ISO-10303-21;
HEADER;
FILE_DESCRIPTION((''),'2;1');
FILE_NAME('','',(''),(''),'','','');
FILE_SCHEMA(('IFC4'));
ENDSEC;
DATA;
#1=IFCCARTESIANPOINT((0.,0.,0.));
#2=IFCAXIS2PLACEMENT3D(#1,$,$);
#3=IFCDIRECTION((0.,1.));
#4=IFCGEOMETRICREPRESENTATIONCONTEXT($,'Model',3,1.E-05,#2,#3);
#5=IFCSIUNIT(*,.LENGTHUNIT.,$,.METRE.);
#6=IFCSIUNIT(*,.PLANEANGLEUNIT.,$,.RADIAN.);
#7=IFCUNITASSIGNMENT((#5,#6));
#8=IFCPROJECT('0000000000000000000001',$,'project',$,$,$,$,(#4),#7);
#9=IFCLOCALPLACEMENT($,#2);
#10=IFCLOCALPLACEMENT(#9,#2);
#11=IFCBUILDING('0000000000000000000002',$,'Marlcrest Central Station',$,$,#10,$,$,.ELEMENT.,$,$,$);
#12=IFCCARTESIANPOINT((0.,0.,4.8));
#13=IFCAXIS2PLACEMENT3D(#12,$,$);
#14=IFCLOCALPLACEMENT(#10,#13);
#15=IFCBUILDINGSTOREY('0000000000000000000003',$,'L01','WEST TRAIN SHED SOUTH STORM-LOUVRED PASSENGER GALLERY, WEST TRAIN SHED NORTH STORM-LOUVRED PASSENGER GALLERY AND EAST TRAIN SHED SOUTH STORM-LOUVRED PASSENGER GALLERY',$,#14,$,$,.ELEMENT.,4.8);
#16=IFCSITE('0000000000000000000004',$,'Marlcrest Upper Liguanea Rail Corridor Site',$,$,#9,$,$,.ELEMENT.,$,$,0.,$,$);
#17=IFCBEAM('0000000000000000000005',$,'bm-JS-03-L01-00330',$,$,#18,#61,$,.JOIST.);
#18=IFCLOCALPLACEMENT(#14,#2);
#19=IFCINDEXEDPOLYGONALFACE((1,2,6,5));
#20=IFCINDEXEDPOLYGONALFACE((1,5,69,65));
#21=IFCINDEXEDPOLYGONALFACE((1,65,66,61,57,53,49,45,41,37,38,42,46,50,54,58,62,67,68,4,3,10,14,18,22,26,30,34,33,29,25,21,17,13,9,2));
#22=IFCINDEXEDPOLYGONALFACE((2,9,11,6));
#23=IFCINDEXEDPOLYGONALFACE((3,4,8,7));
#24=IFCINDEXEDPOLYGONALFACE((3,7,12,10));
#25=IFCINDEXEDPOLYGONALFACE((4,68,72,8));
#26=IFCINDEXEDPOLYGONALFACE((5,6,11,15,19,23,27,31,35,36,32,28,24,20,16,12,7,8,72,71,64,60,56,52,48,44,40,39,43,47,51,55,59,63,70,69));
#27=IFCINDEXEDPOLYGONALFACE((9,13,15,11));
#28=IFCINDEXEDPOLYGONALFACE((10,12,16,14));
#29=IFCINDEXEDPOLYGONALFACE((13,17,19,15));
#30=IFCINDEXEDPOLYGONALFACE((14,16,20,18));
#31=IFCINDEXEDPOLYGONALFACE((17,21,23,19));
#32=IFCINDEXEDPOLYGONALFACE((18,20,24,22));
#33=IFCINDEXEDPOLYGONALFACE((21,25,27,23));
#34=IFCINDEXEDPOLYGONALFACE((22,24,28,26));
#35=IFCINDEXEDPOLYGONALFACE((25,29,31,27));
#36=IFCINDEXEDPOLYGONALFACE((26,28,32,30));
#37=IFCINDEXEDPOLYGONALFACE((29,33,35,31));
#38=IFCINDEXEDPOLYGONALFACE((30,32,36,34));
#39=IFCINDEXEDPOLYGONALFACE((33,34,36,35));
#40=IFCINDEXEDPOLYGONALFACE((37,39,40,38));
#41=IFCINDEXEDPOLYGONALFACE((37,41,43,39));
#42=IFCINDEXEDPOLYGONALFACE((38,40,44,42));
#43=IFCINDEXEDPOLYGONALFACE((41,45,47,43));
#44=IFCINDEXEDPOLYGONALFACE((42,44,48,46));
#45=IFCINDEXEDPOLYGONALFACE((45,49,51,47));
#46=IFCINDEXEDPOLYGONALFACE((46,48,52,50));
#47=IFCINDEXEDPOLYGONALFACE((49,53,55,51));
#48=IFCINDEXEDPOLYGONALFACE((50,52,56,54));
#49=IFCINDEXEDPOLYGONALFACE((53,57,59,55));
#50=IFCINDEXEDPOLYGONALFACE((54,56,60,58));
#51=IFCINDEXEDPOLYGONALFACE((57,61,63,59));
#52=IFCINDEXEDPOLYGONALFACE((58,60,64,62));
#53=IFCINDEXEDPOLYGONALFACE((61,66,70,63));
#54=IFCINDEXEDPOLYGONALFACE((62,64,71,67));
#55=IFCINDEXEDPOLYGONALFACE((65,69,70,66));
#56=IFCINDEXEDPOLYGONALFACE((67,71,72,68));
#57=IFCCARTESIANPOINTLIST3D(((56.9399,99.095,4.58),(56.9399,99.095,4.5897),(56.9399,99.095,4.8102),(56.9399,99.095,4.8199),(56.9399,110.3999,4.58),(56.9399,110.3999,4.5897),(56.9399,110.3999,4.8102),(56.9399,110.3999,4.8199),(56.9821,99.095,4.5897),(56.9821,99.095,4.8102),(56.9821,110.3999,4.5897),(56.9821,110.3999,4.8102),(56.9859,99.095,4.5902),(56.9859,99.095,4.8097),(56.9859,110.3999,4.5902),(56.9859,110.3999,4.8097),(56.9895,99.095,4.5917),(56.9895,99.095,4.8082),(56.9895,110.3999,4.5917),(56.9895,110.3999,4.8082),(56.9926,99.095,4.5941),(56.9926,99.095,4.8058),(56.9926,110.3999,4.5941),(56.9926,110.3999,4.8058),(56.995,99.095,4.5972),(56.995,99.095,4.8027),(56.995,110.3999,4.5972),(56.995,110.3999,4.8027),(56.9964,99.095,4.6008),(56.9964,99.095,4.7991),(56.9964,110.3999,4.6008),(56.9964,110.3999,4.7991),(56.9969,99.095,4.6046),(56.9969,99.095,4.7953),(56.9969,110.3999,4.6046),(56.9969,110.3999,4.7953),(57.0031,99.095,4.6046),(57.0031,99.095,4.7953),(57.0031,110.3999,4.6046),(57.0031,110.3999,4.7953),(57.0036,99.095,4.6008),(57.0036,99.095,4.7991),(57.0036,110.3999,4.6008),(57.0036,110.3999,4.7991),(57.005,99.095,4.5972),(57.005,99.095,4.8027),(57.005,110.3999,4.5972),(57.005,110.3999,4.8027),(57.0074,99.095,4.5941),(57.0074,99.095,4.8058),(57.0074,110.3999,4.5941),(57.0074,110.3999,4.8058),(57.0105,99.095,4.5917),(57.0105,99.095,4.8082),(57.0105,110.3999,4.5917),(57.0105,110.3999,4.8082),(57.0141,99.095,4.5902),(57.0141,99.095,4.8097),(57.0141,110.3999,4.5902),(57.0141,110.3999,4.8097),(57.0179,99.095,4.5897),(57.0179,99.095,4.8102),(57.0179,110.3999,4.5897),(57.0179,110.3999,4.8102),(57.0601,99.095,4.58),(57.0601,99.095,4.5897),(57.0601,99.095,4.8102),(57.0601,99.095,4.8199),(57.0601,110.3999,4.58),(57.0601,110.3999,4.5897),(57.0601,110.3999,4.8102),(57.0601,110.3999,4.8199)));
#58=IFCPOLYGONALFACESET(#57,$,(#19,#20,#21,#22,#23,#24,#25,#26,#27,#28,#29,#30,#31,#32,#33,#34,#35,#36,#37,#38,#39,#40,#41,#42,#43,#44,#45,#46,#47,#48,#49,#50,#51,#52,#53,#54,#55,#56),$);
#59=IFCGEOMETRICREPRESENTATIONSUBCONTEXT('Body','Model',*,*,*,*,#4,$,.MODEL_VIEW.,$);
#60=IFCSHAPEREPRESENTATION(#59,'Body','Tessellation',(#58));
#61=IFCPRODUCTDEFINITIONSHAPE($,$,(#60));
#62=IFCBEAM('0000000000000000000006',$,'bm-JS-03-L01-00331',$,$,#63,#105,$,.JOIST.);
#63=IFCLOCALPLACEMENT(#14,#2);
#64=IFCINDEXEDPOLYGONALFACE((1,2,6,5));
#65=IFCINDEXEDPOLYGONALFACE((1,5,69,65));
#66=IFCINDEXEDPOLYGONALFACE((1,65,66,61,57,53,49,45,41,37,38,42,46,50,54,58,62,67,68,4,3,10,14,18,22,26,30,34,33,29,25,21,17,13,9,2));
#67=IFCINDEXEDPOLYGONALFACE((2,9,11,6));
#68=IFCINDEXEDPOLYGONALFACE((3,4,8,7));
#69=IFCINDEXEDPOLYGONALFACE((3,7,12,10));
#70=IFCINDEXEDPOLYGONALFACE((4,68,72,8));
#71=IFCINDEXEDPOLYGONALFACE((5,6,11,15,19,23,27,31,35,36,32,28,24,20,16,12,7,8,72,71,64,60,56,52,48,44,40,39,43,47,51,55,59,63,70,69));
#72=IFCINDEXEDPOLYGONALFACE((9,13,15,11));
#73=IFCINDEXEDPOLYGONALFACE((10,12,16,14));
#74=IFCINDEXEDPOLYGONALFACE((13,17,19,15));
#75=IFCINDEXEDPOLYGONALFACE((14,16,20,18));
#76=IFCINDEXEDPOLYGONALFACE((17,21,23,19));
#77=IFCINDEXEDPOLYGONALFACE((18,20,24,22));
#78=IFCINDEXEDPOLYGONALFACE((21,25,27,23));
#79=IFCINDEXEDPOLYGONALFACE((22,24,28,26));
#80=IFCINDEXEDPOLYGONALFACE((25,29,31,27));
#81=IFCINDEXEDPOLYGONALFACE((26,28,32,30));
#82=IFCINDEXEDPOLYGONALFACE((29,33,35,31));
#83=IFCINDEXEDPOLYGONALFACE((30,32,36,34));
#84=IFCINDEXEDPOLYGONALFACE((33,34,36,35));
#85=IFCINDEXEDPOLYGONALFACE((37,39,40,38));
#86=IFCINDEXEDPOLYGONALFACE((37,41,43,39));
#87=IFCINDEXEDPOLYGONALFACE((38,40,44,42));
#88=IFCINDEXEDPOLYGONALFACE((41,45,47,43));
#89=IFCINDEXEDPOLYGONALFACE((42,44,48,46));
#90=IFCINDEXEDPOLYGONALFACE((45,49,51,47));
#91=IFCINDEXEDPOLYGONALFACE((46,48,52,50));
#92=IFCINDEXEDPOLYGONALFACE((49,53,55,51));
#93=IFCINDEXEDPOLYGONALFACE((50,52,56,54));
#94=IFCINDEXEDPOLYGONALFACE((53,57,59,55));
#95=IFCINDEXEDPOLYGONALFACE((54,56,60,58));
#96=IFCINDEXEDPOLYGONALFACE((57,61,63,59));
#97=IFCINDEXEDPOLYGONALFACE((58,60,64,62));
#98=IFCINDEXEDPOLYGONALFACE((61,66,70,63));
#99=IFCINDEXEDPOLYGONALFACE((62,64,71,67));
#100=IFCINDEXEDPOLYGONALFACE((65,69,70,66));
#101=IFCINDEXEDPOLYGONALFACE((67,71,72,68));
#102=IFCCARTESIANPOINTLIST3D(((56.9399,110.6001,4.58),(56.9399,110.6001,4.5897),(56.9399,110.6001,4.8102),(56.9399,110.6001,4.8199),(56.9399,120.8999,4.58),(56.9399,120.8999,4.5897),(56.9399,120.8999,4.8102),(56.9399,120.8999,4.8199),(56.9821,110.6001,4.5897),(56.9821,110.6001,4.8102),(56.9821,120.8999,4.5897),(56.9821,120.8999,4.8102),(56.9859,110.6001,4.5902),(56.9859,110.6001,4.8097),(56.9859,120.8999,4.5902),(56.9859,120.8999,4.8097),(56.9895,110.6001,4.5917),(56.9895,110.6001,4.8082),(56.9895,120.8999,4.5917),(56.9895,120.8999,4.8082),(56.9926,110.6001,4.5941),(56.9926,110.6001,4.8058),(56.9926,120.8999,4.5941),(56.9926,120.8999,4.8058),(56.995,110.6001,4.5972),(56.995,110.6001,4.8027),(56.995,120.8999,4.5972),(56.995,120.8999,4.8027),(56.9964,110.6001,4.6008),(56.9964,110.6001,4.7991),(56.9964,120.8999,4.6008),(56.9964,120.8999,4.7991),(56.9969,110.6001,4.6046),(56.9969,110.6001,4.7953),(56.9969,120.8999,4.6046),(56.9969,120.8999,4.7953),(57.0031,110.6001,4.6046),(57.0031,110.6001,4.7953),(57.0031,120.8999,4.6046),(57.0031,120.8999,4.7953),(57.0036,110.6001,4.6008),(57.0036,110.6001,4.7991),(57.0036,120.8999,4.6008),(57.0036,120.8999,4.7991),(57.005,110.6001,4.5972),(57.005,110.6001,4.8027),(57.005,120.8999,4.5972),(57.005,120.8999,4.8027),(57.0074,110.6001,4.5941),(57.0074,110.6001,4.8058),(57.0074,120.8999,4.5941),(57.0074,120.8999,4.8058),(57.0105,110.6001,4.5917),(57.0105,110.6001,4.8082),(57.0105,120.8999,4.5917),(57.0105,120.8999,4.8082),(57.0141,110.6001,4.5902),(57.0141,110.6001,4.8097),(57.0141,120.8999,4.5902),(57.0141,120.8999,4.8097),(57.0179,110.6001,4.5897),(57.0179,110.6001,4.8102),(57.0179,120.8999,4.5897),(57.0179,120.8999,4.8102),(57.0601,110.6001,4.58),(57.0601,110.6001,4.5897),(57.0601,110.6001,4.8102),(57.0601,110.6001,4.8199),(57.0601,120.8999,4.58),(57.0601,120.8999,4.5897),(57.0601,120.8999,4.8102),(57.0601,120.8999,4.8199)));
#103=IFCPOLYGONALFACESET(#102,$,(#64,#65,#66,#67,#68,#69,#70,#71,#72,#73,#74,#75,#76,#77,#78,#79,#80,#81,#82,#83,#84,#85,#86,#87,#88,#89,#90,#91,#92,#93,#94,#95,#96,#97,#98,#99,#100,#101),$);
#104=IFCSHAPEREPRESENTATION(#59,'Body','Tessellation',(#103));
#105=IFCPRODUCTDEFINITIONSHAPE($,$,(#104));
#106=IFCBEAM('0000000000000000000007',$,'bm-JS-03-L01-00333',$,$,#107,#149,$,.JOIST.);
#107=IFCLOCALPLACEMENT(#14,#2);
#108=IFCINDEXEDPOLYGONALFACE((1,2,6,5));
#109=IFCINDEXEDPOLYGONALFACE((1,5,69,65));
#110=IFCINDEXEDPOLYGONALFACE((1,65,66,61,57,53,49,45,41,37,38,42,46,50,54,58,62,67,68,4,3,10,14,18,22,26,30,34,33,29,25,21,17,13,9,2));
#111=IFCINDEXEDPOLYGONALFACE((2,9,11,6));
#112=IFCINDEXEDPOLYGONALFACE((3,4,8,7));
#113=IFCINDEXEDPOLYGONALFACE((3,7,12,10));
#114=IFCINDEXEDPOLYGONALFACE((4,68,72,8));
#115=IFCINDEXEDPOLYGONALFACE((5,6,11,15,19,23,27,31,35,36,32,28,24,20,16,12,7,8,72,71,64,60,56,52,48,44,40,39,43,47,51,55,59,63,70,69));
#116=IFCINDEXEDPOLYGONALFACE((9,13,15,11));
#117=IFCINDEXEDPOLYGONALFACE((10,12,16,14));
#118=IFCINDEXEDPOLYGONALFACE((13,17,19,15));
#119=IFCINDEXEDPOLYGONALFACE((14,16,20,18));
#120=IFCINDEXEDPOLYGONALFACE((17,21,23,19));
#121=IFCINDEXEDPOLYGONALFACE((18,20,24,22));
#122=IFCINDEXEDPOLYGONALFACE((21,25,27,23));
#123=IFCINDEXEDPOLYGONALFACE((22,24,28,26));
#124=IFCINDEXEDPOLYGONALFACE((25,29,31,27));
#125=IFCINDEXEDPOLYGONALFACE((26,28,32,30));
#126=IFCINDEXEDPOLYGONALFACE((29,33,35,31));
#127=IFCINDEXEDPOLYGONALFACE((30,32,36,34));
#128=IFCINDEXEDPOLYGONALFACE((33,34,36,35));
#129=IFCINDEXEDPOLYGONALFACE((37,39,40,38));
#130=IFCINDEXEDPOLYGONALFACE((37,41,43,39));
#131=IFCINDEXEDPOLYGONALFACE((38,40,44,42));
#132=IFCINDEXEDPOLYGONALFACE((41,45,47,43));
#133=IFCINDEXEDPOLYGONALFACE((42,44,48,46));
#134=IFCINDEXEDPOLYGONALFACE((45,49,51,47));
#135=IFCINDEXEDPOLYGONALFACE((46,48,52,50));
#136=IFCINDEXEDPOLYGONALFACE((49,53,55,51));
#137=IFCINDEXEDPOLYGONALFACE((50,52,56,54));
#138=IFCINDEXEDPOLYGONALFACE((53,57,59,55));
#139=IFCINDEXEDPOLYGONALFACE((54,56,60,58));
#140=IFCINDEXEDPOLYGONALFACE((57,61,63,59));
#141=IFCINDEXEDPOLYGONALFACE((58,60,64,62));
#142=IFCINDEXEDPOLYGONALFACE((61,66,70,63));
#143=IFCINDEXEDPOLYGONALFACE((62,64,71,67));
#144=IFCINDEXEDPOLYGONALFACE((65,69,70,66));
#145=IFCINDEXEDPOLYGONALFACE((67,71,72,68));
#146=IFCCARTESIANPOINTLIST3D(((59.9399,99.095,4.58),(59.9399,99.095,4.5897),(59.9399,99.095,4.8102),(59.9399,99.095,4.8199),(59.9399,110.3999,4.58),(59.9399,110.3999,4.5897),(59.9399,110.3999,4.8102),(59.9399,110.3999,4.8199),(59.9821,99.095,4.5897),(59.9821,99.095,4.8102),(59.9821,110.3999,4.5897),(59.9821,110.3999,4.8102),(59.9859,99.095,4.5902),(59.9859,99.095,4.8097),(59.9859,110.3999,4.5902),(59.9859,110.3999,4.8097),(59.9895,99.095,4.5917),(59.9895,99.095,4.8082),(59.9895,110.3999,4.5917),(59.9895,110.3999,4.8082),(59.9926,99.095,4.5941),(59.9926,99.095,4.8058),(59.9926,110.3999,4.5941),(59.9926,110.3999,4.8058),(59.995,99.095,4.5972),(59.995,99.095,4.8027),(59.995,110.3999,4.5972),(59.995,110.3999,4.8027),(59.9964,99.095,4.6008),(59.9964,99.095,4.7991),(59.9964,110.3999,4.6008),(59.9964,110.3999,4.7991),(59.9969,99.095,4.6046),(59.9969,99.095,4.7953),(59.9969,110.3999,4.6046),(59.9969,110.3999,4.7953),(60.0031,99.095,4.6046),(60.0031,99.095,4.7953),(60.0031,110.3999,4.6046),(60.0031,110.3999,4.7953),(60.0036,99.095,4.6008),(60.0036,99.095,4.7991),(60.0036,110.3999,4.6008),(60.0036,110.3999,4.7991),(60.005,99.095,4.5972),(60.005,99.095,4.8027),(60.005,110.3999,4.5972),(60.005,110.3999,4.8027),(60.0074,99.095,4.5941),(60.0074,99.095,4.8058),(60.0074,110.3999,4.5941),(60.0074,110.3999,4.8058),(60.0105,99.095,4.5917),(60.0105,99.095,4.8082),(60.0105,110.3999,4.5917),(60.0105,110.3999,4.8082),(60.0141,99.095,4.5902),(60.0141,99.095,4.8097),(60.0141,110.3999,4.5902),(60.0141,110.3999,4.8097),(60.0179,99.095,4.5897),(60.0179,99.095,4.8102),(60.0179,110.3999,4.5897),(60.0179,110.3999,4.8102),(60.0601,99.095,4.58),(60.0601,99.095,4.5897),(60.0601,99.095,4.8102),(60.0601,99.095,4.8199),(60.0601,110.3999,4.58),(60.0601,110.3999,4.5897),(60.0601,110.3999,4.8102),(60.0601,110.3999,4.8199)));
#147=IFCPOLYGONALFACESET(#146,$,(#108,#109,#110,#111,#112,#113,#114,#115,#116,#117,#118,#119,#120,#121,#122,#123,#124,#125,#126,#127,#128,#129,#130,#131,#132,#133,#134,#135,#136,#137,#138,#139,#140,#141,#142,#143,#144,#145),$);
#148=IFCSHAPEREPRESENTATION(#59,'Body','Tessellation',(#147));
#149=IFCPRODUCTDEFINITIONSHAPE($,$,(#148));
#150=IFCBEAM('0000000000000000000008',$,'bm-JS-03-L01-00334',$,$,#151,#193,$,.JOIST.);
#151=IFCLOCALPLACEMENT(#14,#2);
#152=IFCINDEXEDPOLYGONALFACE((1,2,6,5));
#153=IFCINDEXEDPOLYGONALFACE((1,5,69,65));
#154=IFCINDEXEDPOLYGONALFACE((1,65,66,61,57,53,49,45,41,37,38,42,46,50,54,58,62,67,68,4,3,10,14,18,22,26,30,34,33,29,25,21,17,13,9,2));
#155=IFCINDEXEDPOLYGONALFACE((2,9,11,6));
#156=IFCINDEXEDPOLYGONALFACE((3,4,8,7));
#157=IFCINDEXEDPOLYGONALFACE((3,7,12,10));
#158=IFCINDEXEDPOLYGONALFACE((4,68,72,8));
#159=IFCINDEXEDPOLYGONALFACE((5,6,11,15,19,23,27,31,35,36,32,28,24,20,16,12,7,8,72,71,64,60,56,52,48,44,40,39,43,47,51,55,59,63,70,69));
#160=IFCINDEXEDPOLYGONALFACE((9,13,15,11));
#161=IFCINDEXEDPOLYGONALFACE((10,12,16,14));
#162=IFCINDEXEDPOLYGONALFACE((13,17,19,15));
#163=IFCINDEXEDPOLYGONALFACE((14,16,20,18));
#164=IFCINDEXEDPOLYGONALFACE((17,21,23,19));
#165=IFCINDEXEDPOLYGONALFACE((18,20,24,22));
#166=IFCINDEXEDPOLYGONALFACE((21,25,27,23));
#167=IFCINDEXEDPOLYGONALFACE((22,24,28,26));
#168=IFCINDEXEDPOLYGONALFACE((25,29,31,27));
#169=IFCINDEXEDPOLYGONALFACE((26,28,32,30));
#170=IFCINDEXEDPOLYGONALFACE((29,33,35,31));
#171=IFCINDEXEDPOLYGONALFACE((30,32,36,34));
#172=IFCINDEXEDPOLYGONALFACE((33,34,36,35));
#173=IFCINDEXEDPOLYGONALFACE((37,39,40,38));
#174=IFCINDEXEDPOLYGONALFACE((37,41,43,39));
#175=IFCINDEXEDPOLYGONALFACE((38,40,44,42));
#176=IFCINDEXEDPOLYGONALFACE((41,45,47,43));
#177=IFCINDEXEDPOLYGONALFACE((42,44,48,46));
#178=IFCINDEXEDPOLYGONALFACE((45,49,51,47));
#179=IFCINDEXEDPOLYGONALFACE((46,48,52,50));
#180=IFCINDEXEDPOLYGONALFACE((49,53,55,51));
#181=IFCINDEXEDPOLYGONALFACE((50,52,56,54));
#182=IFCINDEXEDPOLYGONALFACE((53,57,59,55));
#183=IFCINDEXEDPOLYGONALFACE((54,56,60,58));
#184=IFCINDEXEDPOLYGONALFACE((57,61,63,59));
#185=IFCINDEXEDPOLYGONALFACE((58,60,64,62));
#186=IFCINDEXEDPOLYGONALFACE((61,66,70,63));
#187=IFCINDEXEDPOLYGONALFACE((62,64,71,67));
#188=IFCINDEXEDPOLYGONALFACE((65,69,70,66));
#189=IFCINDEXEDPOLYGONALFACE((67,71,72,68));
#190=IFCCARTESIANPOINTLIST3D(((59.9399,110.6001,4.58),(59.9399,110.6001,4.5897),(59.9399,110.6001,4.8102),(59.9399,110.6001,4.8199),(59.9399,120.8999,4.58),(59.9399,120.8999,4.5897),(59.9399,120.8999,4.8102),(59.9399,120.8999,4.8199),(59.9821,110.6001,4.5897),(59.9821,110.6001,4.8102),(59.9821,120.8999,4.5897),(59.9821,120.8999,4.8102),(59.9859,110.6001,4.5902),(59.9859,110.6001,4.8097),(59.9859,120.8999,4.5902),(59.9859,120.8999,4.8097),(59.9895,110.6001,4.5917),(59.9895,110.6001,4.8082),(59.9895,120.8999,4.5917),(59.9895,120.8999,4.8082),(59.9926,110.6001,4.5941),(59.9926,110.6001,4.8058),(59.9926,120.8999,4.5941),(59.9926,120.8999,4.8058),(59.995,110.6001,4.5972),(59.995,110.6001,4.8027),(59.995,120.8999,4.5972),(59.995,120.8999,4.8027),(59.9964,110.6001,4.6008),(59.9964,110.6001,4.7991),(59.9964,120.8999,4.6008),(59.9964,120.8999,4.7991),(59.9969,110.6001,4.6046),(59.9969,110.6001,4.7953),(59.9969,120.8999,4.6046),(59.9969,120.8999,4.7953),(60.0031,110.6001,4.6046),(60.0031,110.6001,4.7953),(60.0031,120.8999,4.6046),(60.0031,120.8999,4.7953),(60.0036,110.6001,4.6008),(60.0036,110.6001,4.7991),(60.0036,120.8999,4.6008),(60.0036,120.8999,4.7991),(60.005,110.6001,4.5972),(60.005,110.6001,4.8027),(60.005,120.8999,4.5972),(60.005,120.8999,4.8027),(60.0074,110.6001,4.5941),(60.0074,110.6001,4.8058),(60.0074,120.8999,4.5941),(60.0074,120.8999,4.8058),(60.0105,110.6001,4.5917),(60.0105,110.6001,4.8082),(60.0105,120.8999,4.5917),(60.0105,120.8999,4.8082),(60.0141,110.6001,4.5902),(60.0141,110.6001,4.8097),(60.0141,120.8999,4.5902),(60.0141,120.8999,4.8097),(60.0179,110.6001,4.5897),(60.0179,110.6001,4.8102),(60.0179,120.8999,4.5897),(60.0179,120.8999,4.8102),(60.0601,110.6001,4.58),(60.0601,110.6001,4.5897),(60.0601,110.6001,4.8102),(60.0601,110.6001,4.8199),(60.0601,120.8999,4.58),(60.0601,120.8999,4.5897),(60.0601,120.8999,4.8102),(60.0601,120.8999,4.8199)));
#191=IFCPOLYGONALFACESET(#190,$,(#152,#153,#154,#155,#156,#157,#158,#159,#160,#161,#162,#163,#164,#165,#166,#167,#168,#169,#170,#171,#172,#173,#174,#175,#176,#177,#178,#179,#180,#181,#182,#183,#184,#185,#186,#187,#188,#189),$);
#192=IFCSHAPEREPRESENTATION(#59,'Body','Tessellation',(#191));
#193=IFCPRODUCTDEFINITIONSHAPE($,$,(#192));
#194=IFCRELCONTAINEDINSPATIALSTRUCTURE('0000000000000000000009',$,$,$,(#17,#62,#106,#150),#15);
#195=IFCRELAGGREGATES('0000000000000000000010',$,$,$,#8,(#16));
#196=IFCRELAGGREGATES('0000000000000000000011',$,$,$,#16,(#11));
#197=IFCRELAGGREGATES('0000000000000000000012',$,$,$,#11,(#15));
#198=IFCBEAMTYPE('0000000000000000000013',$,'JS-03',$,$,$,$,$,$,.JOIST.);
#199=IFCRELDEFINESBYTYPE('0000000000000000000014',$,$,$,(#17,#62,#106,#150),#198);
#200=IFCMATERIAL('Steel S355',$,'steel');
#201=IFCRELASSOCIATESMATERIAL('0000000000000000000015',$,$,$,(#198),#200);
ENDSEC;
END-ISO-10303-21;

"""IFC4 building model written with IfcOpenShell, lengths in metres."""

from ifc_helpers import new_model, si_unit, direction, frame, origin, origin_2d, place, context, subcontext, project, spatial, i_section, extrude, material, material_profile, profile_set, type_object, element, save


model = new_model("IFC4")

# Units and contexts
model_context = context("Model", 3, precision=1e-05, world=origin(), true_north=direction((0.0, 1.0)))
body_context = subcontext(model_context, "Body", "Model", "MODEL_VIEW")
ifc_project = project(units=[si_unit("LENGTHUNIT", "METRE"), si_unit("PLANEANGLEUNIT", "RADIAN")], contexts=[model_context])

# Site, building, storey
site_placement = place(None, origin())
site = spatial("IfcSite", under=ifc_project, at=site_placement, Name="Marlcrest Upper Liguanea Rail Corridor Site", CompositionType="ELEMENT", RefElevation=0.0)
building_placement = place(site_placement, origin())
building = spatial("IfcBuilding", under=site, at=building_placement, Name="Marlcrest Central Station", CompositionType="ELEMENT")
storey_placement = place(building_placement, frame((0.0, 0.0, 4.8)))
storey = spatial("IfcBuildingStorey", under=building, at=storey_placement, Name="L01", Description="WEST TRAIN SHED SOUTH STORM-LOUVRED PASSENGER GALLERY, WEST TRAIN SHED NORTH STORM-LOUVRED PASSENGER GALLERY AND EAST TRAIN SHED SOUTH STORM-LOUVRED PASSENGER GALLERY", CompositionType="ELEMENT", Elevation=4.8)

# Shared definitions
ifc_material_1 = material(Name="Steel S355", Category="steel")

# Beams
ifc_material_profile_1 = material_profile(ifc_material_1, i_section(OverallWidth=0.1201, OverallDepth=0.24, WebThickness=0.0061, FlangeThickness=0.0098, FilletRadius=0.0149, at=origin_2d()), Name="IPE 240")
ifc_profile_set_1 = profile_set([ifc_material_profile_1], Name="Steel S355")
beam_type_1 = type_object("IfcBeamType", Name="JS-03", PredefinedType="JOIST", material=ifc_profile_set_1)
beam_1_placement = place(storey_placement, frame((57.0, 99.095, 4.7), z_axis=(0.0, 1.0, 0.0), x_axis=(-1.0, 0.0, 0.0)))
element("IfcBeam", 1, at=beam_1_placement, inside=storey, type_object=beam_type_1, Name="bm-JS-03-L01-00330", PredefinedType="JOIST", context=body_context, shape_type="SweptSolid", body=[
    extrude(i_section(OverallWidth=0.1201, OverallDepth=0.24, WebThickness=0.0061, FlangeThickness=0.0098, FilletRadius=0.0149, at=origin_2d()), origin(), (0.0, 0.0, 1.0), 11.3049),
])
beam_2_placement = place(storey_placement, frame((57.0, 110.6001, 4.7), z_axis=(0.0, 1.0, 0.0), x_axis=(-1.0, 0.0, 0.0)))
element("IfcBeam", 2, at=beam_2_placement, inside=storey, type_object=beam_type_1, Name="bm-JS-03-L01-00331", PredefinedType="JOIST", context=body_context, shape_type="SweptSolid", body=[
    extrude(i_section(OverallWidth=0.1201, OverallDepth=0.24, WebThickness=0.0061, FlangeThickness=0.0098, FilletRadius=0.0149, at=origin_2d()), origin(), (0.0, 0.0, 1.0), 10.2998),
])
beam_3_placement = place(storey_placement, frame((60.0, 99.095, 4.7), z_axis=(0.0, 1.0, 0.0), x_axis=(-1.0, 0.0, 0.0)))
element("IfcBeam", 3, at=beam_3_placement, inside=storey, type_object=beam_type_1, Name="bm-JS-03-L01-00333", PredefinedType="JOIST", context=body_context, shape_type="SweptSolid", body=[
    extrude(i_section(OverallWidth=0.1201, OverallDepth=0.24, WebThickness=0.0061, FlangeThickness=0.0098, FilletRadius=0.0149, at=origin_2d()), origin(), (0.0, 0.0, 1.0), 11.3049),
])
beam_4_placement = place(storey_placement, frame((60.0, 110.6001, 4.7), z_axis=(0.0, 1.0, 0.0), x_axis=(-1.0, 0.0, 0.0)))
element("IfcBeam", 4, at=beam_4_placement, inside=storey, type_object=beam_type_1, Name="bm-JS-03-L01-00334", PredefinedType="JOIST", context=body_context, shape_type="SweptSolid", body=[
    extrude(i_section(OverallWidth=0.1201, OverallDepth=0.24, WebThickness=0.0061, FlangeThickness=0.0098, FilletRadius=0.0149, at=origin_2d()), origin(), (0.0, 0.0, 1.0), 10.2998),
])

save(model, "model.ifc")
